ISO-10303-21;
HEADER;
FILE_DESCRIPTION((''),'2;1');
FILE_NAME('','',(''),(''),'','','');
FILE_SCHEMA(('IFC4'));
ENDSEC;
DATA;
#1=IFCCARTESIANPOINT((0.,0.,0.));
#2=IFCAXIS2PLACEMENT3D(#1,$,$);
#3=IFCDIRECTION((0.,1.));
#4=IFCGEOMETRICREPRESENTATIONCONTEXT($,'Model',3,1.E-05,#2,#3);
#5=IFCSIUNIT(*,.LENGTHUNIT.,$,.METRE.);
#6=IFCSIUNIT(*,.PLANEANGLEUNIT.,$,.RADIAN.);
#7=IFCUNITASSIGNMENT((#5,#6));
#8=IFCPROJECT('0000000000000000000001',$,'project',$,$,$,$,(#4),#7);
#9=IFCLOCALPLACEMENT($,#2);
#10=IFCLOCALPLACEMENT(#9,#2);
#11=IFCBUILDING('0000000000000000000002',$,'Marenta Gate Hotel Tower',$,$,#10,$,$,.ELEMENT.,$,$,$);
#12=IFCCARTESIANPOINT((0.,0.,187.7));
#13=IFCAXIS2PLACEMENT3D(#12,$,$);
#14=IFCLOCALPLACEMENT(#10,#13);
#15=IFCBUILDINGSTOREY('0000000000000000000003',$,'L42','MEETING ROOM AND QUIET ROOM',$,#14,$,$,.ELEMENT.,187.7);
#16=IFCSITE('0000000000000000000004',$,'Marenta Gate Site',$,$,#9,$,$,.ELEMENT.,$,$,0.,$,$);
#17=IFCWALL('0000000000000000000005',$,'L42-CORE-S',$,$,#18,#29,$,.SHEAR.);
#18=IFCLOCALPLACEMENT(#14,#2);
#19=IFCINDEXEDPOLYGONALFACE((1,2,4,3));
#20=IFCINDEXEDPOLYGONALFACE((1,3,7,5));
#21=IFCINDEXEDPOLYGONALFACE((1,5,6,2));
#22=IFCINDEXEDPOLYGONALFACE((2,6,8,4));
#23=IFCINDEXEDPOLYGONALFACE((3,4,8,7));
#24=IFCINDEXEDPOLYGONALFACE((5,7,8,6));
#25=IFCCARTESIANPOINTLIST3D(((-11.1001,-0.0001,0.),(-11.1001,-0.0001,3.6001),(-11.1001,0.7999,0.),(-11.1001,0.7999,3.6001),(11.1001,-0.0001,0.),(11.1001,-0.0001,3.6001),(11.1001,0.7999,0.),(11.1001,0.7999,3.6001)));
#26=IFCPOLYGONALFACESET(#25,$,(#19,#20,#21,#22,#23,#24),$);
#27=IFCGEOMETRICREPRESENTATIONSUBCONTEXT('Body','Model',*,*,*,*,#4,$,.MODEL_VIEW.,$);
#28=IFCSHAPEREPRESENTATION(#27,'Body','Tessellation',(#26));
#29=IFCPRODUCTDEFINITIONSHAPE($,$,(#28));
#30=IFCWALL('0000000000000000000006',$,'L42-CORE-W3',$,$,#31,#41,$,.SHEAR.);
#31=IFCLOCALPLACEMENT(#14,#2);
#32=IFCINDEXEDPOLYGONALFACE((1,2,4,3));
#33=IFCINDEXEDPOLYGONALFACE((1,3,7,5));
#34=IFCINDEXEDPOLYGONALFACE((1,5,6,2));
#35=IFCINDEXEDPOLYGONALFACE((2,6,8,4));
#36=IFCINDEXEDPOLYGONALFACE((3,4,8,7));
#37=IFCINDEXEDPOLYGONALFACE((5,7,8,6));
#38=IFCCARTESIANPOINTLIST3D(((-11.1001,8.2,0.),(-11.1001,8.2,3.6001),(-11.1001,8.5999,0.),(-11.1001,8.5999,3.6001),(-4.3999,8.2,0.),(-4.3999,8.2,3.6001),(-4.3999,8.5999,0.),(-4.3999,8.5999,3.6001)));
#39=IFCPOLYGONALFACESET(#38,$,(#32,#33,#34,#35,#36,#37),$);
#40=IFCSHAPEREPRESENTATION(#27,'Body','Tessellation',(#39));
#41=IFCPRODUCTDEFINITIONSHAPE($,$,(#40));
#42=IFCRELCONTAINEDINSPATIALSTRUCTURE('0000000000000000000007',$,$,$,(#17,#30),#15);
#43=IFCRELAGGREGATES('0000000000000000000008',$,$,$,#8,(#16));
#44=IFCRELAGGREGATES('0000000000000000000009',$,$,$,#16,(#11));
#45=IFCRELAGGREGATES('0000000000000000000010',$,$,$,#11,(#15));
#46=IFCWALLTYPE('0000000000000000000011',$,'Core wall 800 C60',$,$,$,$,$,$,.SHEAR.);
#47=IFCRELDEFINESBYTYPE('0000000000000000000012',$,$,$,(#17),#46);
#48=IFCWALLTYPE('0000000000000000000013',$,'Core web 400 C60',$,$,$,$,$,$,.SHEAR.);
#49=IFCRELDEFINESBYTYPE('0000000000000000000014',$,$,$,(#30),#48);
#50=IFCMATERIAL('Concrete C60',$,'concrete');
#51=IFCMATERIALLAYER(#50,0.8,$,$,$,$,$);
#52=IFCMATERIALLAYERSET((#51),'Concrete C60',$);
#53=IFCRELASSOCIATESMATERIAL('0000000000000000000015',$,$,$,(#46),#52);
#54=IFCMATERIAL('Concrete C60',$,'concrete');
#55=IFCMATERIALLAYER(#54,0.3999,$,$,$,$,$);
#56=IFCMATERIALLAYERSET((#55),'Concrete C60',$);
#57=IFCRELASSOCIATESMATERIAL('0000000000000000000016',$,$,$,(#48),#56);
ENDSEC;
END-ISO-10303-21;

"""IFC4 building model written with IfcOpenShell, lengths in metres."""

from ifc_helpers import new_model, si_unit, direction, frame, frame_2d, origin, place, context, subcontext, project, spatial, rectangle, extrude, material, layer, layer_set, type_object, element, save


model = new_model("IFC4")

# Units and contexts
model_context = context("Model", 3, precision=1e-05, world=origin(), true_north=direction((0.0, 1.0)))
body_context = subcontext(model_context, "Body", "Model", "MODEL_VIEW")
ifc_project = project(units=[si_unit("LENGTHUNIT", "METRE"), si_unit("PLANEANGLEUNIT", "RADIAN")], contexts=[model_context])

# Site, building, storey
site_placement = place(None, origin())
site = spatial("IfcSite", under=ifc_project, at=site_placement, Name="Marenta Gate Site", CompositionType="ELEMENT", RefElevation=0.0)
building_placement = place(site_placement, origin())
building = spatial("IfcBuilding", under=site, at=building_placement, Name="Marenta Gate Hotel Tower", CompositionType="ELEMENT")
storey_placement = place(building_placement, frame((0.0, 0.0, 187.7)))
storey = spatial("IfcBuildingStorey", under=building, at=storey_placement, Name="L42", Description="MEETING ROOM AND QUIET ROOM", CompositionType="ELEMENT", Elevation=187.7)

# Shared definitions
ifc_material_1 = material(Name="Concrete C60", Category="concrete")
ifc_layer_1 = layer(ifc_material_1, 0.8)
ifc_layer_set_1 = layer_set([ifc_layer_1], Name="Concrete C60")
wall_type_1 = type_object("IfcWallType", Name="Core wall 800 C60", PredefinedType="SHEAR", material=ifc_layer_set_1)

# Walls
wall_1_placement = place(storey_placement, frame((-11.1001, 0.3999, 0.0), z_axis=(0.0, 0.0, 1.0), x_axis=(1.0, 0.0, 0.0)))
element("IfcWall", 1, at=wall_1_placement, inside=storey, type_object=wall_type_1, Name="L42-CORE-S", PredefinedType="SHEAR", context=body_context, shape_type="SweptSolid", body=[
    extrude(rectangle(XDim=22.2002, YDim=0.8, at=frame_2d((11.1001, 0.0))), origin(), (0.0, 0.0, 1.0), 3.6001),
])
ifc_material_2 = material(Name="Concrete C60", Category="concrete")
ifc_layer_2 = layer(ifc_material_2, 0.3999)
ifc_layer_set_2 = layer_set([ifc_layer_2], Name="Concrete C60")
wall_type_2 = type_object("IfcWallType", Name="Core web 400 C60", PredefinedType="SHEAR", material=ifc_layer_set_2)
wall_2_placement = place(storey_placement, frame((-11.1001, 8.3999, 0.0), z_axis=(0.0, 0.0, 1.0), x_axis=(1.0, 0.0, 0.0)))
element("IfcWall", 2, at=wall_2_placement, inside=storey, type_object=wall_type_2, Name="L42-CORE-W3", PredefinedType="SHEAR", context=body_context, shape_type="SweptSolid", body=[
    extrude(rectangle(XDim=6.7002, YDim=0.3999, at=frame_2d((3.3501, 0.0))), origin(), (0.0, 0.0, 1.0), 3.6001),
])

save(model, "model.ifc")
